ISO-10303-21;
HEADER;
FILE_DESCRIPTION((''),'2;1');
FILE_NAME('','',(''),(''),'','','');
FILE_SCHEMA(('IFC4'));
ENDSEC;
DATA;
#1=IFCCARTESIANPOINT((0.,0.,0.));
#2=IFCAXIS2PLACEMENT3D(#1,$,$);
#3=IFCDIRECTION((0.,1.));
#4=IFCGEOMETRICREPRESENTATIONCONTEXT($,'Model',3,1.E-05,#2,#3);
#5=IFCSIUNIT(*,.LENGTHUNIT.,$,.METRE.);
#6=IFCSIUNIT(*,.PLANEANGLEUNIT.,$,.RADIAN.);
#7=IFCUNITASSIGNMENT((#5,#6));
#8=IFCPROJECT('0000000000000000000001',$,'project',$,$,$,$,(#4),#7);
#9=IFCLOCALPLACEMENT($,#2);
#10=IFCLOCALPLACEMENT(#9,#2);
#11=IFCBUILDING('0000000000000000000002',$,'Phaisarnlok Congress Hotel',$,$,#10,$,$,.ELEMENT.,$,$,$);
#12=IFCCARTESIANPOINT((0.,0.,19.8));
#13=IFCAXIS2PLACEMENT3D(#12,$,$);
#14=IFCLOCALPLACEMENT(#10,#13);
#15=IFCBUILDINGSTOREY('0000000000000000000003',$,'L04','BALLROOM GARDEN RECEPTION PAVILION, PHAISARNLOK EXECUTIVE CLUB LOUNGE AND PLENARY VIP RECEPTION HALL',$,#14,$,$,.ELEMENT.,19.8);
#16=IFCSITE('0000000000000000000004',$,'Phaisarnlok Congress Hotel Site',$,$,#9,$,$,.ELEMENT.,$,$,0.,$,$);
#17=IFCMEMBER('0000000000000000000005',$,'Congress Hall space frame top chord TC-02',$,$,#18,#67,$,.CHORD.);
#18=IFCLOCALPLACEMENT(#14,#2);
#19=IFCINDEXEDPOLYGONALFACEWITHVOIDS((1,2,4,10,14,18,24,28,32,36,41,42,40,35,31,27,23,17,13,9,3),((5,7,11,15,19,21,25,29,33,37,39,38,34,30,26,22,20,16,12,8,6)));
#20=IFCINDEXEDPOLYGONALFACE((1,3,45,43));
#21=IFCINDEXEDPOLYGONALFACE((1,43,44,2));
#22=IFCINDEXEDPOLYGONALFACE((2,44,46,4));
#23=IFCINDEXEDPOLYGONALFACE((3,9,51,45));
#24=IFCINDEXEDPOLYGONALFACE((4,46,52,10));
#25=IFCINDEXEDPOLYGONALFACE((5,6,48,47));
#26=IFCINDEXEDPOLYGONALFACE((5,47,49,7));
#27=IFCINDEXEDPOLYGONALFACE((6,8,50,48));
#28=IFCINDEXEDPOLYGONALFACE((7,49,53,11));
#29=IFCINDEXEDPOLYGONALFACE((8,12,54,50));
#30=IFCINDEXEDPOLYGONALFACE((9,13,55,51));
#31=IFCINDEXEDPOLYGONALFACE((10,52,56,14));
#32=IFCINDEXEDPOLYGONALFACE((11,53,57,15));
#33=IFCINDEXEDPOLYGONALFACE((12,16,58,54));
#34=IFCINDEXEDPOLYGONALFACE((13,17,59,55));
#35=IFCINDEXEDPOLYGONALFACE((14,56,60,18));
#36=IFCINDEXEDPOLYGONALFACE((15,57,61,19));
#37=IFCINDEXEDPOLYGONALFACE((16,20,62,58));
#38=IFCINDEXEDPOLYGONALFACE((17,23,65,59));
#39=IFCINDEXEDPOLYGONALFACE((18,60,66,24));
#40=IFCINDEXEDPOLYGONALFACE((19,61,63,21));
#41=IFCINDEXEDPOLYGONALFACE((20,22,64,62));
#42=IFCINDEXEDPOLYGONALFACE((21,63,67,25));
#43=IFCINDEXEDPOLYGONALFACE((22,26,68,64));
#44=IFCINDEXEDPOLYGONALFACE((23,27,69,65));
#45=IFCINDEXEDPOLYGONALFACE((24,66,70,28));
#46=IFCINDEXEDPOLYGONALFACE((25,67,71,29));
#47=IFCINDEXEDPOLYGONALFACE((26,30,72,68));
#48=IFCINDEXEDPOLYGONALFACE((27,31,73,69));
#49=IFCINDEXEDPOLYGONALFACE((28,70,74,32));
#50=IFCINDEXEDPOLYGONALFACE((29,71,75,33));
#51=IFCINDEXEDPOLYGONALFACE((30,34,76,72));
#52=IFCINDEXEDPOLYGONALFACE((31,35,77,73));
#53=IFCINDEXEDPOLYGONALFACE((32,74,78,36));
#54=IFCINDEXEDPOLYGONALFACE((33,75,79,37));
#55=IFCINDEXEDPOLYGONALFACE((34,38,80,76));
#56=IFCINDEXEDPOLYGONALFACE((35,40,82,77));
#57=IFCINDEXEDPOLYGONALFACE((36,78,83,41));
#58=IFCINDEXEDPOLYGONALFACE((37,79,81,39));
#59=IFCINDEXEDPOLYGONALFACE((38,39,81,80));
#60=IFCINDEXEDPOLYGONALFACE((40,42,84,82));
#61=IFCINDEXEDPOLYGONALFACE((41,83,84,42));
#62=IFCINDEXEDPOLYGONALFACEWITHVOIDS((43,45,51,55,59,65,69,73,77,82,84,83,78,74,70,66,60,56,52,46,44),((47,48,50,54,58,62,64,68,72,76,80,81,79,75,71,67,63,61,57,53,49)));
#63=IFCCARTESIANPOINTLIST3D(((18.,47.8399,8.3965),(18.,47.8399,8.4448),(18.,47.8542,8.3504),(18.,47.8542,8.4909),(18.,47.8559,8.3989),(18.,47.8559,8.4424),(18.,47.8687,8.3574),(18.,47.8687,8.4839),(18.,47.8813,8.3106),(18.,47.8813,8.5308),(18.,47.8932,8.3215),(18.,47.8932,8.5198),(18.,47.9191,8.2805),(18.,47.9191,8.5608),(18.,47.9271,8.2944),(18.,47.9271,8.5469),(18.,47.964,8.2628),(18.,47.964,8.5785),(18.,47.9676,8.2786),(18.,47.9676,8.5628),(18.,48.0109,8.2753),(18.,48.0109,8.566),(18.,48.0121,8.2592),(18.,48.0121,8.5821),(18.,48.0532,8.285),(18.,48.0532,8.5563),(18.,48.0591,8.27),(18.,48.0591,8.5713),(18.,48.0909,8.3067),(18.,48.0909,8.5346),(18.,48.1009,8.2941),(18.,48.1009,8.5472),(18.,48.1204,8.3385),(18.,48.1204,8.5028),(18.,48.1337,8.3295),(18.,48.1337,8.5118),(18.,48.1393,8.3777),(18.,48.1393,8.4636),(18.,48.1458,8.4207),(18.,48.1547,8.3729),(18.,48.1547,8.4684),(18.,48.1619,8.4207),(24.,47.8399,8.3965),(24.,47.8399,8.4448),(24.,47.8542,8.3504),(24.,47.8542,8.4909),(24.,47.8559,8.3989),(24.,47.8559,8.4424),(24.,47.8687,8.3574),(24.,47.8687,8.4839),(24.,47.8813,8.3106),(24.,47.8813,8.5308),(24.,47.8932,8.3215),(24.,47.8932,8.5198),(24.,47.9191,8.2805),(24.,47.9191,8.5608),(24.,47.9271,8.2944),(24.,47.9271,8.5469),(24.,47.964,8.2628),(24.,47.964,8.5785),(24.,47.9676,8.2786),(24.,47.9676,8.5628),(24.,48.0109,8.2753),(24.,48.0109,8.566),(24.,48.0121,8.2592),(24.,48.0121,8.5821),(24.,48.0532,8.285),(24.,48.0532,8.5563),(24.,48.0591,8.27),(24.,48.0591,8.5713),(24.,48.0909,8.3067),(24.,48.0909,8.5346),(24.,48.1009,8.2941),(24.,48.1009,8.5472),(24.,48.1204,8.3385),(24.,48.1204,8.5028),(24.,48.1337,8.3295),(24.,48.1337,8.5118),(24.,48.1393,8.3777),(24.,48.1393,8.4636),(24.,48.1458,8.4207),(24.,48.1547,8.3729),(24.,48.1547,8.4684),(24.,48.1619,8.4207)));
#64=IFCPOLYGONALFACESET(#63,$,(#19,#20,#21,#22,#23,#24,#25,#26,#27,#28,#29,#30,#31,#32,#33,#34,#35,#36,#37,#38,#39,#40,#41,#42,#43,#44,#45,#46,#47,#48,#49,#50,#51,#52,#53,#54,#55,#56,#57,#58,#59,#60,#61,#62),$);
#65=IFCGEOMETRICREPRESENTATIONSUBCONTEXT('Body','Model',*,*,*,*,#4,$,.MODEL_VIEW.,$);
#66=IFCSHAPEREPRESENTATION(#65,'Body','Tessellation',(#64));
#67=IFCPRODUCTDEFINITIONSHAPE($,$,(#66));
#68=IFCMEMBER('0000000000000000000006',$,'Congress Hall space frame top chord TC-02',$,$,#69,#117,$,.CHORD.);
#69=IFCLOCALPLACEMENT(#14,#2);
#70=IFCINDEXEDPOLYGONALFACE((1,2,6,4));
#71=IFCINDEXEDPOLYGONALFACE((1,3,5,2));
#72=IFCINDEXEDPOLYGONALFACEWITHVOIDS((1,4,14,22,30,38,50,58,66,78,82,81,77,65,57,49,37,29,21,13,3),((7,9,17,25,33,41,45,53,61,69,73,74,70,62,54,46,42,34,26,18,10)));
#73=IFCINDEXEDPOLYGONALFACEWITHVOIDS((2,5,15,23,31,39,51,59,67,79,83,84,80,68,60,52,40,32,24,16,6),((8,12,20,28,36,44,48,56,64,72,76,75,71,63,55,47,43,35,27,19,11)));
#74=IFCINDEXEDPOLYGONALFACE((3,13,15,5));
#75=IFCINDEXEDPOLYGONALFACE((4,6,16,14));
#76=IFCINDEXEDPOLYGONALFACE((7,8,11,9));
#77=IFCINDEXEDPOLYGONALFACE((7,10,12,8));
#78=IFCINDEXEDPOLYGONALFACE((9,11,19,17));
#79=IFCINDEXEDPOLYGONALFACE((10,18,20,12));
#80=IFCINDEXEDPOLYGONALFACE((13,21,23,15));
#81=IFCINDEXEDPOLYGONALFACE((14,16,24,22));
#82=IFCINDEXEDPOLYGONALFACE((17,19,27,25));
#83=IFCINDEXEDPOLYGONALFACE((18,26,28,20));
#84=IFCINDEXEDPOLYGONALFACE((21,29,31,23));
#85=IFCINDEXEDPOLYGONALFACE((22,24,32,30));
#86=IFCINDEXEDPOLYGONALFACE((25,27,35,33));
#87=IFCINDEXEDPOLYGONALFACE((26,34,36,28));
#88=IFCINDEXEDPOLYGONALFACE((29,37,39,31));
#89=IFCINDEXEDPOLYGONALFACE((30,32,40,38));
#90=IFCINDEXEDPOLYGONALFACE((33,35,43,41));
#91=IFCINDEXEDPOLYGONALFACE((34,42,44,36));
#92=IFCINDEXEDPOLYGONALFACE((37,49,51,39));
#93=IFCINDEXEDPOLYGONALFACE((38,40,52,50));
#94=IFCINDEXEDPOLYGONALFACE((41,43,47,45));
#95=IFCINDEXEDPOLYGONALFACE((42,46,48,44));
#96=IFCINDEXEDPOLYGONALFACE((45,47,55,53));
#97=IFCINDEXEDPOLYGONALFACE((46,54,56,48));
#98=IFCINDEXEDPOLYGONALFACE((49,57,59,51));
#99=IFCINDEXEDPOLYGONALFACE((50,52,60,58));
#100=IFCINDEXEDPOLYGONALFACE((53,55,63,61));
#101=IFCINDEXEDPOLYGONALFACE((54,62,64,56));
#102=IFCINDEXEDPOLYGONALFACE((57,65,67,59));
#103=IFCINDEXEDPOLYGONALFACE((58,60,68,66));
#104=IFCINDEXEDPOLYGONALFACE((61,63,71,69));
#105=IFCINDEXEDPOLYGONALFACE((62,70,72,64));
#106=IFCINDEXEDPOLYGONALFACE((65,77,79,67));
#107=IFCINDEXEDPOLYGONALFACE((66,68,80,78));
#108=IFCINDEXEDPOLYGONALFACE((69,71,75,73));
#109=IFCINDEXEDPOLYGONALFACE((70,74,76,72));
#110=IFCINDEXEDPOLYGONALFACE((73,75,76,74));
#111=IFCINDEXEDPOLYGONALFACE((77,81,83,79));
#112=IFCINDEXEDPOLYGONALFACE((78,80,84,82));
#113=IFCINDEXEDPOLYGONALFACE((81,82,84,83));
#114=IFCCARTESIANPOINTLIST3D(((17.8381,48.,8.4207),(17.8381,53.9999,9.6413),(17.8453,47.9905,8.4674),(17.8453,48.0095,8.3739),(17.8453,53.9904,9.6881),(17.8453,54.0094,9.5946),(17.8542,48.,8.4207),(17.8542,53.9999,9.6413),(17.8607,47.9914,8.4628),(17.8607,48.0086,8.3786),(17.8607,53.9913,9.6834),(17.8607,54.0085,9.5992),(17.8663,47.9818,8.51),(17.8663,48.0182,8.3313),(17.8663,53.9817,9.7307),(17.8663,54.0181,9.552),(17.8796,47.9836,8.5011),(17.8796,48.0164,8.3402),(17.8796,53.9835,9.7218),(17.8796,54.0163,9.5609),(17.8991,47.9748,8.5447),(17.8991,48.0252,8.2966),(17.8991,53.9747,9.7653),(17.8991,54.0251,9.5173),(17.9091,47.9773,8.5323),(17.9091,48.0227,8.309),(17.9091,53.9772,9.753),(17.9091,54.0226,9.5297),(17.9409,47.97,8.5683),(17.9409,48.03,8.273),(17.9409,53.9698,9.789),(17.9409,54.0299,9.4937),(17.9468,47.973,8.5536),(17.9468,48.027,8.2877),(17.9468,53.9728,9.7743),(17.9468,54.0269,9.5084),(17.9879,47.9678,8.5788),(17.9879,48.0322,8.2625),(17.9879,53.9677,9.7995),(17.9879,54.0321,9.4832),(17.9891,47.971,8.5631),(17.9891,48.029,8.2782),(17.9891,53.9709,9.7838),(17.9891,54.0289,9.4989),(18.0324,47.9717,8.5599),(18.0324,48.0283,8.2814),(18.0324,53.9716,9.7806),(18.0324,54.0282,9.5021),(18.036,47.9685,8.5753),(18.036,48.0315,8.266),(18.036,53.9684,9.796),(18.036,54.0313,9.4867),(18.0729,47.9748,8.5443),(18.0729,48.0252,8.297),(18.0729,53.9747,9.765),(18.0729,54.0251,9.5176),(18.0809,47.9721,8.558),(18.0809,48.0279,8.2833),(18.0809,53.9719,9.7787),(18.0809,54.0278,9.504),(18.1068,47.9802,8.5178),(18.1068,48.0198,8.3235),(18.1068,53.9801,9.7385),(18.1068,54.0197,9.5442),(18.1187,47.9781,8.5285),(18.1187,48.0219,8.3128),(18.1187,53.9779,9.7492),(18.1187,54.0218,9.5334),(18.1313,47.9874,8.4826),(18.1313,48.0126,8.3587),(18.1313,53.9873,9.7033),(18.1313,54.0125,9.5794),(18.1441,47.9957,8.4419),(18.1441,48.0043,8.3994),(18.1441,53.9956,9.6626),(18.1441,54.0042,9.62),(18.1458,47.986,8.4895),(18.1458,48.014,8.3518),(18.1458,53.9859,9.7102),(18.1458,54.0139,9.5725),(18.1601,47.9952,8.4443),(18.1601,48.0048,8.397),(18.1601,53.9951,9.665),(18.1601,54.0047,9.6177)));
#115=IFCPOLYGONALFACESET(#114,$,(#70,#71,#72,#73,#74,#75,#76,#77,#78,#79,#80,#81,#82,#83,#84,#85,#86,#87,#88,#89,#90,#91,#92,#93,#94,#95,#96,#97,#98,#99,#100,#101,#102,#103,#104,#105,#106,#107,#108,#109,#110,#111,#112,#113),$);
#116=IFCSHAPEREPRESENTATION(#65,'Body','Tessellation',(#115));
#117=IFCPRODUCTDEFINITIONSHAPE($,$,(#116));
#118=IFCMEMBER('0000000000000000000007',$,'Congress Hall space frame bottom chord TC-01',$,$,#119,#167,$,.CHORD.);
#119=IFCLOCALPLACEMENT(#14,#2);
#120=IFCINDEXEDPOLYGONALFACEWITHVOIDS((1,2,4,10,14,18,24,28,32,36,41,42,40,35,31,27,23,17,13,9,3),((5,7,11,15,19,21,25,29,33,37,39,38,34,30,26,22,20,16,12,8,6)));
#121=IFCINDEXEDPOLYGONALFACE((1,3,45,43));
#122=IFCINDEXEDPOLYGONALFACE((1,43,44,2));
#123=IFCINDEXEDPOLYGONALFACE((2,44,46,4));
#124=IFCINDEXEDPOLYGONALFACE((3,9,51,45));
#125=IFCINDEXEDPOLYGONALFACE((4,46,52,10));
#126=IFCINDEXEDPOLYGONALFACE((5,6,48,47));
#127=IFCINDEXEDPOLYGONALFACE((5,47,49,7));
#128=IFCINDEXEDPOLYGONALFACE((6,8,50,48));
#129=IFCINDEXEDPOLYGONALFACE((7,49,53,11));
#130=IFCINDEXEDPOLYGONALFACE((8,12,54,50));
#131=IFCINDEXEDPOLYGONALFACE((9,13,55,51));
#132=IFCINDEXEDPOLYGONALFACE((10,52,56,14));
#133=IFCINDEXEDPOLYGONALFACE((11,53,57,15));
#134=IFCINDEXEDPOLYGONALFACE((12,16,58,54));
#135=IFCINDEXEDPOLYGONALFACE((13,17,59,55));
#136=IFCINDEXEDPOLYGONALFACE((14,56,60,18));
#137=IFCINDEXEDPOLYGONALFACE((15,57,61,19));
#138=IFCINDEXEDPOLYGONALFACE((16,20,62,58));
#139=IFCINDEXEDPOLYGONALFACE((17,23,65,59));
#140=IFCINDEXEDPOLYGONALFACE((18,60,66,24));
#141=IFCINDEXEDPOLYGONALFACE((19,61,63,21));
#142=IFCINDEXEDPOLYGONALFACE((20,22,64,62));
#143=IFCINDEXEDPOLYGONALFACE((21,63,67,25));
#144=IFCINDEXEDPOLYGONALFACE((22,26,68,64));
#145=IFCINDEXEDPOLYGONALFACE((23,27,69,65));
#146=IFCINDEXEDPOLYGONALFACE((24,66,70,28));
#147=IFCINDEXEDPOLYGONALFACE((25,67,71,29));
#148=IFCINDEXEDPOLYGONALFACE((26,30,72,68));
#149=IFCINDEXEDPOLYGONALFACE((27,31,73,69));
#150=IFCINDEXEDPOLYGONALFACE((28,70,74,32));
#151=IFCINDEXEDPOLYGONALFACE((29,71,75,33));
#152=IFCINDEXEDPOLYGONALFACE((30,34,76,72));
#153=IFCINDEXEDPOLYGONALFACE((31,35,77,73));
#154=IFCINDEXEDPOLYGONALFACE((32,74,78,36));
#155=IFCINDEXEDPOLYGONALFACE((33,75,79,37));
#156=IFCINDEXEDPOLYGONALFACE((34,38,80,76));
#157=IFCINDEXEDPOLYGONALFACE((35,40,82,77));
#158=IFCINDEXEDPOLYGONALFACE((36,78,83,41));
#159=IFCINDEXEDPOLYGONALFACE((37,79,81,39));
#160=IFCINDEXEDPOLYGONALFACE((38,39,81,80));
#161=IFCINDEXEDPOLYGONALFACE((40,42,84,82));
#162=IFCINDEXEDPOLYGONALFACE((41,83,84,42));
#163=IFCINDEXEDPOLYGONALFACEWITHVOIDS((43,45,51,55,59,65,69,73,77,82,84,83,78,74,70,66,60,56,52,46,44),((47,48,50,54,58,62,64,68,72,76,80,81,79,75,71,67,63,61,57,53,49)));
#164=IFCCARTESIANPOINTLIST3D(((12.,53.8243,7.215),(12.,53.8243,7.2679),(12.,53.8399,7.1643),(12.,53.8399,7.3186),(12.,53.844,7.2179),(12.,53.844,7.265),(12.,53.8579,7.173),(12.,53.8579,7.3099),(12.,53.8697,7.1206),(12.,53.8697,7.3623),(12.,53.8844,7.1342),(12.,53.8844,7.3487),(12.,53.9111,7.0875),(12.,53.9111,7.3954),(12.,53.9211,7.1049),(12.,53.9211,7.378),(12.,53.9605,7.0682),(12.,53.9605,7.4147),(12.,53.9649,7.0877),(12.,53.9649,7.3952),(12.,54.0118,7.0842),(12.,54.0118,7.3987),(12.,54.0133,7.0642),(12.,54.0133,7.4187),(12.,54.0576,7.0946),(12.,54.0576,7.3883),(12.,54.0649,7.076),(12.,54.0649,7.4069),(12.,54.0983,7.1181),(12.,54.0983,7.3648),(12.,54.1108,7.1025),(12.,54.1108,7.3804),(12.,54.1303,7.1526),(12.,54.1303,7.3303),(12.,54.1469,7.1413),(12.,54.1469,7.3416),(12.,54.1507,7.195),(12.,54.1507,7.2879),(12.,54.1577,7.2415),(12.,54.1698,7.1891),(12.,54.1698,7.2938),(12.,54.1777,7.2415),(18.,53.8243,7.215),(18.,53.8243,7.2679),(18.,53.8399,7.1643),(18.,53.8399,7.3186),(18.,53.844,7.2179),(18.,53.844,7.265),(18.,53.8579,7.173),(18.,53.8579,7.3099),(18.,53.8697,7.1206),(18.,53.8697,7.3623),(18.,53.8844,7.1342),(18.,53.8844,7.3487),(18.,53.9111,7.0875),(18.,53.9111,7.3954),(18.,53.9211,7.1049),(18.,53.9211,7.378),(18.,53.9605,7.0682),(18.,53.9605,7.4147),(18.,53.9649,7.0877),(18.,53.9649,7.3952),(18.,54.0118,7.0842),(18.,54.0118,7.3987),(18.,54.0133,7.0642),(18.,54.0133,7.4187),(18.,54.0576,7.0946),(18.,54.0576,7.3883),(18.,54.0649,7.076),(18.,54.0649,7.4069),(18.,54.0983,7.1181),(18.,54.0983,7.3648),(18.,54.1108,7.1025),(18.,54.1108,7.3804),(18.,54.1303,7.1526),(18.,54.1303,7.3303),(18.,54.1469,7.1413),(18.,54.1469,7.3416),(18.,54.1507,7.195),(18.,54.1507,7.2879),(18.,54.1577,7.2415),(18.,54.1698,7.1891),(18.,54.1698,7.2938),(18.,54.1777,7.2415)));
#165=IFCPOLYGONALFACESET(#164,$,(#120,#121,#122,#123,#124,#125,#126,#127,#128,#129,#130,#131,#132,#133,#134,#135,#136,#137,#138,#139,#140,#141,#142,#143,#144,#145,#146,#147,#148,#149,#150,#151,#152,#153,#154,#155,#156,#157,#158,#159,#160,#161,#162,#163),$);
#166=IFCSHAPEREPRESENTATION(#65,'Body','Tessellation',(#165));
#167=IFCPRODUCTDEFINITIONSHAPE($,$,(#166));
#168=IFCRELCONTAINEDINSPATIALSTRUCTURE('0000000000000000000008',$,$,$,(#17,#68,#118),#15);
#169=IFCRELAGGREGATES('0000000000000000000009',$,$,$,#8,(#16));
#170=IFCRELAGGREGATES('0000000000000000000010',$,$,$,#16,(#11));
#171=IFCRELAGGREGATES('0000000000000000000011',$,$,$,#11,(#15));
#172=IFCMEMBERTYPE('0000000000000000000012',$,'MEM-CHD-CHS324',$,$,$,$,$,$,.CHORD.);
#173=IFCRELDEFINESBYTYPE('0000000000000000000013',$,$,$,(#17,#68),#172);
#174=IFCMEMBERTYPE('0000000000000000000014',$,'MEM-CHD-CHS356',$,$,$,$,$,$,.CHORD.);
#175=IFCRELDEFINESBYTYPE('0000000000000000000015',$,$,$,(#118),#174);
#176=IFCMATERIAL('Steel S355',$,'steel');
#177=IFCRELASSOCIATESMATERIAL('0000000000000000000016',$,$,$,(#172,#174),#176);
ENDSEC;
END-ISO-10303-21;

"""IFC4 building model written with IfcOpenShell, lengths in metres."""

from ifc_helpers import new_model, si_unit, direction, frame, origin, origin_2d, place, context, subcontext, project, spatial, hollow_circle, extrude, material, material_profile, profile_set, type_object, element, save


model = new_model("IFC4")

# Units and contexts
model_context = context("Model", 3, precision=1e-05, world=origin(), true_north=direction((0.0, 1.0)))
body_context = subcontext(model_context, "Body", "Model", "MODEL_VIEW")
ifc_project = project(units=[si_unit("LENGTHUNIT", "METRE"), si_unit("PLANEANGLEUNIT", "RADIAN")], contexts=[model_context])

# Site, building, storey
site_placement = place(None, origin())
site = spatial("IfcSite", under=ifc_project, at=site_placement, Name="Phaisarnlok Congress Hotel Site", CompositionType="ELEMENT", RefElevation=0.0)
building_placement = place(site_placement, origin())
building = spatial("IfcBuilding", under=site, at=building_placement, Name="Phaisarnlok Congress Hotel", CompositionType="ELEMENT")
storey_placement = place(building_placement, frame((0.0, 0.0, 19.8)))
storey = spatial("IfcBuildingStorey", under=building, at=storey_placement, Name="L04", Description="BALLROOM GARDEN RECEPTION PAVILION, PHAISARNLOK EXECUTIVE CLUB LOUNGE AND PLENARY VIP RECEPTION HALL", CompositionType="ELEMENT", Elevation=19.8)

# Members
ifc_material = material(Name="Steel S355", Category="steel")
ifc_material_profile_1 = material_profile(ifc_material, hollow_circle(Radius=0.1619, WallThickness=0.0161, at=origin_2d()), Name="CHS 323.9x16")
ifc_profile_set_1 = profile_set([ifc_material_profile_1], Name="Steel S355")
member_type_1 = type_object("IfcMemberType", Name="MEM-CHD-CHS324", PredefinedType="CHORD", material=ifc_profile_set_1)
member_1_placement = place(storey_placement, frame((18.0, 48.0, 8.4207), z_axis=(1.0, 0.0, 0.0), x_axis=(0.0, 1.0, 0.0)))
element("IfcMember", 1, at=member_1_placement, inside=storey, type_object=member_type_1, Name="Congress Hall space frame top chord TC-02", PredefinedType="CHORD", context=body_context, shape_type="SweptSolid", body=[
    extrude(hollow_circle(Radius=0.1619, WallThickness=0.0161, at=origin_2d()), origin(), (0.0, 0.0, 1.0), 6.0),
])
member_2_placement = place(storey_placement, frame((18.0, 48.0, 8.4207), z_axis=(0.0, 0.979925, 0.199366), x_axis=(-1.0, 0.0, 0.0)))
element("IfcMember", 2, at=member_2_placement, inside=storey, type_object=member_type_1, Name="Congress Hall space frame top chord TC-02", PredefinedType="CHORD", context=body_context, shape_type="SweptSolid", body=[
    extrude(hollow_circle(Radius=0.1619, WallThickness=0.0161, at=origin_2d()), origin(), (0.0, 0.0, 1.0), 6.1228),
])
ifc_material_profile_2 = material_profile(ifc_material, hollow_circle(Radius=0.1777, WallThickness=0.02, at=origin_2d()), Name="CHS 355.6x20")
ifc_profile_set_2 = profile_set([ifc_material_profile_2], Name="Steel S355")
member_type_2 = type_object("IfcMemberType", Name="MEM-CHD-CHS356", PredefinedType="CHORD", material=ifc_profile_set_2)
member_3_placement = place(storey_placement, frame((12.0, 54.0, 7.2415), z_axis=(1.0, 0.0, 0.0), x_axis=(0.0, 1.0, 0.0)))
element("IfcMember", 3, at=member_3_placement, inside=storey, type_object=member_type_2, Name="Congress Hall space frame bottom chord TC-01", PredefinedType="CHORD", context=body_context, shape_type="SweptSolid", body=[
    extrude(hollow_circle(Radius=0.1777, WallThickness=0.02, at=origin_2d()), origin(), (0.0, 0.0, 1.0), 6.0),
])

save(model, "model.ifc")
